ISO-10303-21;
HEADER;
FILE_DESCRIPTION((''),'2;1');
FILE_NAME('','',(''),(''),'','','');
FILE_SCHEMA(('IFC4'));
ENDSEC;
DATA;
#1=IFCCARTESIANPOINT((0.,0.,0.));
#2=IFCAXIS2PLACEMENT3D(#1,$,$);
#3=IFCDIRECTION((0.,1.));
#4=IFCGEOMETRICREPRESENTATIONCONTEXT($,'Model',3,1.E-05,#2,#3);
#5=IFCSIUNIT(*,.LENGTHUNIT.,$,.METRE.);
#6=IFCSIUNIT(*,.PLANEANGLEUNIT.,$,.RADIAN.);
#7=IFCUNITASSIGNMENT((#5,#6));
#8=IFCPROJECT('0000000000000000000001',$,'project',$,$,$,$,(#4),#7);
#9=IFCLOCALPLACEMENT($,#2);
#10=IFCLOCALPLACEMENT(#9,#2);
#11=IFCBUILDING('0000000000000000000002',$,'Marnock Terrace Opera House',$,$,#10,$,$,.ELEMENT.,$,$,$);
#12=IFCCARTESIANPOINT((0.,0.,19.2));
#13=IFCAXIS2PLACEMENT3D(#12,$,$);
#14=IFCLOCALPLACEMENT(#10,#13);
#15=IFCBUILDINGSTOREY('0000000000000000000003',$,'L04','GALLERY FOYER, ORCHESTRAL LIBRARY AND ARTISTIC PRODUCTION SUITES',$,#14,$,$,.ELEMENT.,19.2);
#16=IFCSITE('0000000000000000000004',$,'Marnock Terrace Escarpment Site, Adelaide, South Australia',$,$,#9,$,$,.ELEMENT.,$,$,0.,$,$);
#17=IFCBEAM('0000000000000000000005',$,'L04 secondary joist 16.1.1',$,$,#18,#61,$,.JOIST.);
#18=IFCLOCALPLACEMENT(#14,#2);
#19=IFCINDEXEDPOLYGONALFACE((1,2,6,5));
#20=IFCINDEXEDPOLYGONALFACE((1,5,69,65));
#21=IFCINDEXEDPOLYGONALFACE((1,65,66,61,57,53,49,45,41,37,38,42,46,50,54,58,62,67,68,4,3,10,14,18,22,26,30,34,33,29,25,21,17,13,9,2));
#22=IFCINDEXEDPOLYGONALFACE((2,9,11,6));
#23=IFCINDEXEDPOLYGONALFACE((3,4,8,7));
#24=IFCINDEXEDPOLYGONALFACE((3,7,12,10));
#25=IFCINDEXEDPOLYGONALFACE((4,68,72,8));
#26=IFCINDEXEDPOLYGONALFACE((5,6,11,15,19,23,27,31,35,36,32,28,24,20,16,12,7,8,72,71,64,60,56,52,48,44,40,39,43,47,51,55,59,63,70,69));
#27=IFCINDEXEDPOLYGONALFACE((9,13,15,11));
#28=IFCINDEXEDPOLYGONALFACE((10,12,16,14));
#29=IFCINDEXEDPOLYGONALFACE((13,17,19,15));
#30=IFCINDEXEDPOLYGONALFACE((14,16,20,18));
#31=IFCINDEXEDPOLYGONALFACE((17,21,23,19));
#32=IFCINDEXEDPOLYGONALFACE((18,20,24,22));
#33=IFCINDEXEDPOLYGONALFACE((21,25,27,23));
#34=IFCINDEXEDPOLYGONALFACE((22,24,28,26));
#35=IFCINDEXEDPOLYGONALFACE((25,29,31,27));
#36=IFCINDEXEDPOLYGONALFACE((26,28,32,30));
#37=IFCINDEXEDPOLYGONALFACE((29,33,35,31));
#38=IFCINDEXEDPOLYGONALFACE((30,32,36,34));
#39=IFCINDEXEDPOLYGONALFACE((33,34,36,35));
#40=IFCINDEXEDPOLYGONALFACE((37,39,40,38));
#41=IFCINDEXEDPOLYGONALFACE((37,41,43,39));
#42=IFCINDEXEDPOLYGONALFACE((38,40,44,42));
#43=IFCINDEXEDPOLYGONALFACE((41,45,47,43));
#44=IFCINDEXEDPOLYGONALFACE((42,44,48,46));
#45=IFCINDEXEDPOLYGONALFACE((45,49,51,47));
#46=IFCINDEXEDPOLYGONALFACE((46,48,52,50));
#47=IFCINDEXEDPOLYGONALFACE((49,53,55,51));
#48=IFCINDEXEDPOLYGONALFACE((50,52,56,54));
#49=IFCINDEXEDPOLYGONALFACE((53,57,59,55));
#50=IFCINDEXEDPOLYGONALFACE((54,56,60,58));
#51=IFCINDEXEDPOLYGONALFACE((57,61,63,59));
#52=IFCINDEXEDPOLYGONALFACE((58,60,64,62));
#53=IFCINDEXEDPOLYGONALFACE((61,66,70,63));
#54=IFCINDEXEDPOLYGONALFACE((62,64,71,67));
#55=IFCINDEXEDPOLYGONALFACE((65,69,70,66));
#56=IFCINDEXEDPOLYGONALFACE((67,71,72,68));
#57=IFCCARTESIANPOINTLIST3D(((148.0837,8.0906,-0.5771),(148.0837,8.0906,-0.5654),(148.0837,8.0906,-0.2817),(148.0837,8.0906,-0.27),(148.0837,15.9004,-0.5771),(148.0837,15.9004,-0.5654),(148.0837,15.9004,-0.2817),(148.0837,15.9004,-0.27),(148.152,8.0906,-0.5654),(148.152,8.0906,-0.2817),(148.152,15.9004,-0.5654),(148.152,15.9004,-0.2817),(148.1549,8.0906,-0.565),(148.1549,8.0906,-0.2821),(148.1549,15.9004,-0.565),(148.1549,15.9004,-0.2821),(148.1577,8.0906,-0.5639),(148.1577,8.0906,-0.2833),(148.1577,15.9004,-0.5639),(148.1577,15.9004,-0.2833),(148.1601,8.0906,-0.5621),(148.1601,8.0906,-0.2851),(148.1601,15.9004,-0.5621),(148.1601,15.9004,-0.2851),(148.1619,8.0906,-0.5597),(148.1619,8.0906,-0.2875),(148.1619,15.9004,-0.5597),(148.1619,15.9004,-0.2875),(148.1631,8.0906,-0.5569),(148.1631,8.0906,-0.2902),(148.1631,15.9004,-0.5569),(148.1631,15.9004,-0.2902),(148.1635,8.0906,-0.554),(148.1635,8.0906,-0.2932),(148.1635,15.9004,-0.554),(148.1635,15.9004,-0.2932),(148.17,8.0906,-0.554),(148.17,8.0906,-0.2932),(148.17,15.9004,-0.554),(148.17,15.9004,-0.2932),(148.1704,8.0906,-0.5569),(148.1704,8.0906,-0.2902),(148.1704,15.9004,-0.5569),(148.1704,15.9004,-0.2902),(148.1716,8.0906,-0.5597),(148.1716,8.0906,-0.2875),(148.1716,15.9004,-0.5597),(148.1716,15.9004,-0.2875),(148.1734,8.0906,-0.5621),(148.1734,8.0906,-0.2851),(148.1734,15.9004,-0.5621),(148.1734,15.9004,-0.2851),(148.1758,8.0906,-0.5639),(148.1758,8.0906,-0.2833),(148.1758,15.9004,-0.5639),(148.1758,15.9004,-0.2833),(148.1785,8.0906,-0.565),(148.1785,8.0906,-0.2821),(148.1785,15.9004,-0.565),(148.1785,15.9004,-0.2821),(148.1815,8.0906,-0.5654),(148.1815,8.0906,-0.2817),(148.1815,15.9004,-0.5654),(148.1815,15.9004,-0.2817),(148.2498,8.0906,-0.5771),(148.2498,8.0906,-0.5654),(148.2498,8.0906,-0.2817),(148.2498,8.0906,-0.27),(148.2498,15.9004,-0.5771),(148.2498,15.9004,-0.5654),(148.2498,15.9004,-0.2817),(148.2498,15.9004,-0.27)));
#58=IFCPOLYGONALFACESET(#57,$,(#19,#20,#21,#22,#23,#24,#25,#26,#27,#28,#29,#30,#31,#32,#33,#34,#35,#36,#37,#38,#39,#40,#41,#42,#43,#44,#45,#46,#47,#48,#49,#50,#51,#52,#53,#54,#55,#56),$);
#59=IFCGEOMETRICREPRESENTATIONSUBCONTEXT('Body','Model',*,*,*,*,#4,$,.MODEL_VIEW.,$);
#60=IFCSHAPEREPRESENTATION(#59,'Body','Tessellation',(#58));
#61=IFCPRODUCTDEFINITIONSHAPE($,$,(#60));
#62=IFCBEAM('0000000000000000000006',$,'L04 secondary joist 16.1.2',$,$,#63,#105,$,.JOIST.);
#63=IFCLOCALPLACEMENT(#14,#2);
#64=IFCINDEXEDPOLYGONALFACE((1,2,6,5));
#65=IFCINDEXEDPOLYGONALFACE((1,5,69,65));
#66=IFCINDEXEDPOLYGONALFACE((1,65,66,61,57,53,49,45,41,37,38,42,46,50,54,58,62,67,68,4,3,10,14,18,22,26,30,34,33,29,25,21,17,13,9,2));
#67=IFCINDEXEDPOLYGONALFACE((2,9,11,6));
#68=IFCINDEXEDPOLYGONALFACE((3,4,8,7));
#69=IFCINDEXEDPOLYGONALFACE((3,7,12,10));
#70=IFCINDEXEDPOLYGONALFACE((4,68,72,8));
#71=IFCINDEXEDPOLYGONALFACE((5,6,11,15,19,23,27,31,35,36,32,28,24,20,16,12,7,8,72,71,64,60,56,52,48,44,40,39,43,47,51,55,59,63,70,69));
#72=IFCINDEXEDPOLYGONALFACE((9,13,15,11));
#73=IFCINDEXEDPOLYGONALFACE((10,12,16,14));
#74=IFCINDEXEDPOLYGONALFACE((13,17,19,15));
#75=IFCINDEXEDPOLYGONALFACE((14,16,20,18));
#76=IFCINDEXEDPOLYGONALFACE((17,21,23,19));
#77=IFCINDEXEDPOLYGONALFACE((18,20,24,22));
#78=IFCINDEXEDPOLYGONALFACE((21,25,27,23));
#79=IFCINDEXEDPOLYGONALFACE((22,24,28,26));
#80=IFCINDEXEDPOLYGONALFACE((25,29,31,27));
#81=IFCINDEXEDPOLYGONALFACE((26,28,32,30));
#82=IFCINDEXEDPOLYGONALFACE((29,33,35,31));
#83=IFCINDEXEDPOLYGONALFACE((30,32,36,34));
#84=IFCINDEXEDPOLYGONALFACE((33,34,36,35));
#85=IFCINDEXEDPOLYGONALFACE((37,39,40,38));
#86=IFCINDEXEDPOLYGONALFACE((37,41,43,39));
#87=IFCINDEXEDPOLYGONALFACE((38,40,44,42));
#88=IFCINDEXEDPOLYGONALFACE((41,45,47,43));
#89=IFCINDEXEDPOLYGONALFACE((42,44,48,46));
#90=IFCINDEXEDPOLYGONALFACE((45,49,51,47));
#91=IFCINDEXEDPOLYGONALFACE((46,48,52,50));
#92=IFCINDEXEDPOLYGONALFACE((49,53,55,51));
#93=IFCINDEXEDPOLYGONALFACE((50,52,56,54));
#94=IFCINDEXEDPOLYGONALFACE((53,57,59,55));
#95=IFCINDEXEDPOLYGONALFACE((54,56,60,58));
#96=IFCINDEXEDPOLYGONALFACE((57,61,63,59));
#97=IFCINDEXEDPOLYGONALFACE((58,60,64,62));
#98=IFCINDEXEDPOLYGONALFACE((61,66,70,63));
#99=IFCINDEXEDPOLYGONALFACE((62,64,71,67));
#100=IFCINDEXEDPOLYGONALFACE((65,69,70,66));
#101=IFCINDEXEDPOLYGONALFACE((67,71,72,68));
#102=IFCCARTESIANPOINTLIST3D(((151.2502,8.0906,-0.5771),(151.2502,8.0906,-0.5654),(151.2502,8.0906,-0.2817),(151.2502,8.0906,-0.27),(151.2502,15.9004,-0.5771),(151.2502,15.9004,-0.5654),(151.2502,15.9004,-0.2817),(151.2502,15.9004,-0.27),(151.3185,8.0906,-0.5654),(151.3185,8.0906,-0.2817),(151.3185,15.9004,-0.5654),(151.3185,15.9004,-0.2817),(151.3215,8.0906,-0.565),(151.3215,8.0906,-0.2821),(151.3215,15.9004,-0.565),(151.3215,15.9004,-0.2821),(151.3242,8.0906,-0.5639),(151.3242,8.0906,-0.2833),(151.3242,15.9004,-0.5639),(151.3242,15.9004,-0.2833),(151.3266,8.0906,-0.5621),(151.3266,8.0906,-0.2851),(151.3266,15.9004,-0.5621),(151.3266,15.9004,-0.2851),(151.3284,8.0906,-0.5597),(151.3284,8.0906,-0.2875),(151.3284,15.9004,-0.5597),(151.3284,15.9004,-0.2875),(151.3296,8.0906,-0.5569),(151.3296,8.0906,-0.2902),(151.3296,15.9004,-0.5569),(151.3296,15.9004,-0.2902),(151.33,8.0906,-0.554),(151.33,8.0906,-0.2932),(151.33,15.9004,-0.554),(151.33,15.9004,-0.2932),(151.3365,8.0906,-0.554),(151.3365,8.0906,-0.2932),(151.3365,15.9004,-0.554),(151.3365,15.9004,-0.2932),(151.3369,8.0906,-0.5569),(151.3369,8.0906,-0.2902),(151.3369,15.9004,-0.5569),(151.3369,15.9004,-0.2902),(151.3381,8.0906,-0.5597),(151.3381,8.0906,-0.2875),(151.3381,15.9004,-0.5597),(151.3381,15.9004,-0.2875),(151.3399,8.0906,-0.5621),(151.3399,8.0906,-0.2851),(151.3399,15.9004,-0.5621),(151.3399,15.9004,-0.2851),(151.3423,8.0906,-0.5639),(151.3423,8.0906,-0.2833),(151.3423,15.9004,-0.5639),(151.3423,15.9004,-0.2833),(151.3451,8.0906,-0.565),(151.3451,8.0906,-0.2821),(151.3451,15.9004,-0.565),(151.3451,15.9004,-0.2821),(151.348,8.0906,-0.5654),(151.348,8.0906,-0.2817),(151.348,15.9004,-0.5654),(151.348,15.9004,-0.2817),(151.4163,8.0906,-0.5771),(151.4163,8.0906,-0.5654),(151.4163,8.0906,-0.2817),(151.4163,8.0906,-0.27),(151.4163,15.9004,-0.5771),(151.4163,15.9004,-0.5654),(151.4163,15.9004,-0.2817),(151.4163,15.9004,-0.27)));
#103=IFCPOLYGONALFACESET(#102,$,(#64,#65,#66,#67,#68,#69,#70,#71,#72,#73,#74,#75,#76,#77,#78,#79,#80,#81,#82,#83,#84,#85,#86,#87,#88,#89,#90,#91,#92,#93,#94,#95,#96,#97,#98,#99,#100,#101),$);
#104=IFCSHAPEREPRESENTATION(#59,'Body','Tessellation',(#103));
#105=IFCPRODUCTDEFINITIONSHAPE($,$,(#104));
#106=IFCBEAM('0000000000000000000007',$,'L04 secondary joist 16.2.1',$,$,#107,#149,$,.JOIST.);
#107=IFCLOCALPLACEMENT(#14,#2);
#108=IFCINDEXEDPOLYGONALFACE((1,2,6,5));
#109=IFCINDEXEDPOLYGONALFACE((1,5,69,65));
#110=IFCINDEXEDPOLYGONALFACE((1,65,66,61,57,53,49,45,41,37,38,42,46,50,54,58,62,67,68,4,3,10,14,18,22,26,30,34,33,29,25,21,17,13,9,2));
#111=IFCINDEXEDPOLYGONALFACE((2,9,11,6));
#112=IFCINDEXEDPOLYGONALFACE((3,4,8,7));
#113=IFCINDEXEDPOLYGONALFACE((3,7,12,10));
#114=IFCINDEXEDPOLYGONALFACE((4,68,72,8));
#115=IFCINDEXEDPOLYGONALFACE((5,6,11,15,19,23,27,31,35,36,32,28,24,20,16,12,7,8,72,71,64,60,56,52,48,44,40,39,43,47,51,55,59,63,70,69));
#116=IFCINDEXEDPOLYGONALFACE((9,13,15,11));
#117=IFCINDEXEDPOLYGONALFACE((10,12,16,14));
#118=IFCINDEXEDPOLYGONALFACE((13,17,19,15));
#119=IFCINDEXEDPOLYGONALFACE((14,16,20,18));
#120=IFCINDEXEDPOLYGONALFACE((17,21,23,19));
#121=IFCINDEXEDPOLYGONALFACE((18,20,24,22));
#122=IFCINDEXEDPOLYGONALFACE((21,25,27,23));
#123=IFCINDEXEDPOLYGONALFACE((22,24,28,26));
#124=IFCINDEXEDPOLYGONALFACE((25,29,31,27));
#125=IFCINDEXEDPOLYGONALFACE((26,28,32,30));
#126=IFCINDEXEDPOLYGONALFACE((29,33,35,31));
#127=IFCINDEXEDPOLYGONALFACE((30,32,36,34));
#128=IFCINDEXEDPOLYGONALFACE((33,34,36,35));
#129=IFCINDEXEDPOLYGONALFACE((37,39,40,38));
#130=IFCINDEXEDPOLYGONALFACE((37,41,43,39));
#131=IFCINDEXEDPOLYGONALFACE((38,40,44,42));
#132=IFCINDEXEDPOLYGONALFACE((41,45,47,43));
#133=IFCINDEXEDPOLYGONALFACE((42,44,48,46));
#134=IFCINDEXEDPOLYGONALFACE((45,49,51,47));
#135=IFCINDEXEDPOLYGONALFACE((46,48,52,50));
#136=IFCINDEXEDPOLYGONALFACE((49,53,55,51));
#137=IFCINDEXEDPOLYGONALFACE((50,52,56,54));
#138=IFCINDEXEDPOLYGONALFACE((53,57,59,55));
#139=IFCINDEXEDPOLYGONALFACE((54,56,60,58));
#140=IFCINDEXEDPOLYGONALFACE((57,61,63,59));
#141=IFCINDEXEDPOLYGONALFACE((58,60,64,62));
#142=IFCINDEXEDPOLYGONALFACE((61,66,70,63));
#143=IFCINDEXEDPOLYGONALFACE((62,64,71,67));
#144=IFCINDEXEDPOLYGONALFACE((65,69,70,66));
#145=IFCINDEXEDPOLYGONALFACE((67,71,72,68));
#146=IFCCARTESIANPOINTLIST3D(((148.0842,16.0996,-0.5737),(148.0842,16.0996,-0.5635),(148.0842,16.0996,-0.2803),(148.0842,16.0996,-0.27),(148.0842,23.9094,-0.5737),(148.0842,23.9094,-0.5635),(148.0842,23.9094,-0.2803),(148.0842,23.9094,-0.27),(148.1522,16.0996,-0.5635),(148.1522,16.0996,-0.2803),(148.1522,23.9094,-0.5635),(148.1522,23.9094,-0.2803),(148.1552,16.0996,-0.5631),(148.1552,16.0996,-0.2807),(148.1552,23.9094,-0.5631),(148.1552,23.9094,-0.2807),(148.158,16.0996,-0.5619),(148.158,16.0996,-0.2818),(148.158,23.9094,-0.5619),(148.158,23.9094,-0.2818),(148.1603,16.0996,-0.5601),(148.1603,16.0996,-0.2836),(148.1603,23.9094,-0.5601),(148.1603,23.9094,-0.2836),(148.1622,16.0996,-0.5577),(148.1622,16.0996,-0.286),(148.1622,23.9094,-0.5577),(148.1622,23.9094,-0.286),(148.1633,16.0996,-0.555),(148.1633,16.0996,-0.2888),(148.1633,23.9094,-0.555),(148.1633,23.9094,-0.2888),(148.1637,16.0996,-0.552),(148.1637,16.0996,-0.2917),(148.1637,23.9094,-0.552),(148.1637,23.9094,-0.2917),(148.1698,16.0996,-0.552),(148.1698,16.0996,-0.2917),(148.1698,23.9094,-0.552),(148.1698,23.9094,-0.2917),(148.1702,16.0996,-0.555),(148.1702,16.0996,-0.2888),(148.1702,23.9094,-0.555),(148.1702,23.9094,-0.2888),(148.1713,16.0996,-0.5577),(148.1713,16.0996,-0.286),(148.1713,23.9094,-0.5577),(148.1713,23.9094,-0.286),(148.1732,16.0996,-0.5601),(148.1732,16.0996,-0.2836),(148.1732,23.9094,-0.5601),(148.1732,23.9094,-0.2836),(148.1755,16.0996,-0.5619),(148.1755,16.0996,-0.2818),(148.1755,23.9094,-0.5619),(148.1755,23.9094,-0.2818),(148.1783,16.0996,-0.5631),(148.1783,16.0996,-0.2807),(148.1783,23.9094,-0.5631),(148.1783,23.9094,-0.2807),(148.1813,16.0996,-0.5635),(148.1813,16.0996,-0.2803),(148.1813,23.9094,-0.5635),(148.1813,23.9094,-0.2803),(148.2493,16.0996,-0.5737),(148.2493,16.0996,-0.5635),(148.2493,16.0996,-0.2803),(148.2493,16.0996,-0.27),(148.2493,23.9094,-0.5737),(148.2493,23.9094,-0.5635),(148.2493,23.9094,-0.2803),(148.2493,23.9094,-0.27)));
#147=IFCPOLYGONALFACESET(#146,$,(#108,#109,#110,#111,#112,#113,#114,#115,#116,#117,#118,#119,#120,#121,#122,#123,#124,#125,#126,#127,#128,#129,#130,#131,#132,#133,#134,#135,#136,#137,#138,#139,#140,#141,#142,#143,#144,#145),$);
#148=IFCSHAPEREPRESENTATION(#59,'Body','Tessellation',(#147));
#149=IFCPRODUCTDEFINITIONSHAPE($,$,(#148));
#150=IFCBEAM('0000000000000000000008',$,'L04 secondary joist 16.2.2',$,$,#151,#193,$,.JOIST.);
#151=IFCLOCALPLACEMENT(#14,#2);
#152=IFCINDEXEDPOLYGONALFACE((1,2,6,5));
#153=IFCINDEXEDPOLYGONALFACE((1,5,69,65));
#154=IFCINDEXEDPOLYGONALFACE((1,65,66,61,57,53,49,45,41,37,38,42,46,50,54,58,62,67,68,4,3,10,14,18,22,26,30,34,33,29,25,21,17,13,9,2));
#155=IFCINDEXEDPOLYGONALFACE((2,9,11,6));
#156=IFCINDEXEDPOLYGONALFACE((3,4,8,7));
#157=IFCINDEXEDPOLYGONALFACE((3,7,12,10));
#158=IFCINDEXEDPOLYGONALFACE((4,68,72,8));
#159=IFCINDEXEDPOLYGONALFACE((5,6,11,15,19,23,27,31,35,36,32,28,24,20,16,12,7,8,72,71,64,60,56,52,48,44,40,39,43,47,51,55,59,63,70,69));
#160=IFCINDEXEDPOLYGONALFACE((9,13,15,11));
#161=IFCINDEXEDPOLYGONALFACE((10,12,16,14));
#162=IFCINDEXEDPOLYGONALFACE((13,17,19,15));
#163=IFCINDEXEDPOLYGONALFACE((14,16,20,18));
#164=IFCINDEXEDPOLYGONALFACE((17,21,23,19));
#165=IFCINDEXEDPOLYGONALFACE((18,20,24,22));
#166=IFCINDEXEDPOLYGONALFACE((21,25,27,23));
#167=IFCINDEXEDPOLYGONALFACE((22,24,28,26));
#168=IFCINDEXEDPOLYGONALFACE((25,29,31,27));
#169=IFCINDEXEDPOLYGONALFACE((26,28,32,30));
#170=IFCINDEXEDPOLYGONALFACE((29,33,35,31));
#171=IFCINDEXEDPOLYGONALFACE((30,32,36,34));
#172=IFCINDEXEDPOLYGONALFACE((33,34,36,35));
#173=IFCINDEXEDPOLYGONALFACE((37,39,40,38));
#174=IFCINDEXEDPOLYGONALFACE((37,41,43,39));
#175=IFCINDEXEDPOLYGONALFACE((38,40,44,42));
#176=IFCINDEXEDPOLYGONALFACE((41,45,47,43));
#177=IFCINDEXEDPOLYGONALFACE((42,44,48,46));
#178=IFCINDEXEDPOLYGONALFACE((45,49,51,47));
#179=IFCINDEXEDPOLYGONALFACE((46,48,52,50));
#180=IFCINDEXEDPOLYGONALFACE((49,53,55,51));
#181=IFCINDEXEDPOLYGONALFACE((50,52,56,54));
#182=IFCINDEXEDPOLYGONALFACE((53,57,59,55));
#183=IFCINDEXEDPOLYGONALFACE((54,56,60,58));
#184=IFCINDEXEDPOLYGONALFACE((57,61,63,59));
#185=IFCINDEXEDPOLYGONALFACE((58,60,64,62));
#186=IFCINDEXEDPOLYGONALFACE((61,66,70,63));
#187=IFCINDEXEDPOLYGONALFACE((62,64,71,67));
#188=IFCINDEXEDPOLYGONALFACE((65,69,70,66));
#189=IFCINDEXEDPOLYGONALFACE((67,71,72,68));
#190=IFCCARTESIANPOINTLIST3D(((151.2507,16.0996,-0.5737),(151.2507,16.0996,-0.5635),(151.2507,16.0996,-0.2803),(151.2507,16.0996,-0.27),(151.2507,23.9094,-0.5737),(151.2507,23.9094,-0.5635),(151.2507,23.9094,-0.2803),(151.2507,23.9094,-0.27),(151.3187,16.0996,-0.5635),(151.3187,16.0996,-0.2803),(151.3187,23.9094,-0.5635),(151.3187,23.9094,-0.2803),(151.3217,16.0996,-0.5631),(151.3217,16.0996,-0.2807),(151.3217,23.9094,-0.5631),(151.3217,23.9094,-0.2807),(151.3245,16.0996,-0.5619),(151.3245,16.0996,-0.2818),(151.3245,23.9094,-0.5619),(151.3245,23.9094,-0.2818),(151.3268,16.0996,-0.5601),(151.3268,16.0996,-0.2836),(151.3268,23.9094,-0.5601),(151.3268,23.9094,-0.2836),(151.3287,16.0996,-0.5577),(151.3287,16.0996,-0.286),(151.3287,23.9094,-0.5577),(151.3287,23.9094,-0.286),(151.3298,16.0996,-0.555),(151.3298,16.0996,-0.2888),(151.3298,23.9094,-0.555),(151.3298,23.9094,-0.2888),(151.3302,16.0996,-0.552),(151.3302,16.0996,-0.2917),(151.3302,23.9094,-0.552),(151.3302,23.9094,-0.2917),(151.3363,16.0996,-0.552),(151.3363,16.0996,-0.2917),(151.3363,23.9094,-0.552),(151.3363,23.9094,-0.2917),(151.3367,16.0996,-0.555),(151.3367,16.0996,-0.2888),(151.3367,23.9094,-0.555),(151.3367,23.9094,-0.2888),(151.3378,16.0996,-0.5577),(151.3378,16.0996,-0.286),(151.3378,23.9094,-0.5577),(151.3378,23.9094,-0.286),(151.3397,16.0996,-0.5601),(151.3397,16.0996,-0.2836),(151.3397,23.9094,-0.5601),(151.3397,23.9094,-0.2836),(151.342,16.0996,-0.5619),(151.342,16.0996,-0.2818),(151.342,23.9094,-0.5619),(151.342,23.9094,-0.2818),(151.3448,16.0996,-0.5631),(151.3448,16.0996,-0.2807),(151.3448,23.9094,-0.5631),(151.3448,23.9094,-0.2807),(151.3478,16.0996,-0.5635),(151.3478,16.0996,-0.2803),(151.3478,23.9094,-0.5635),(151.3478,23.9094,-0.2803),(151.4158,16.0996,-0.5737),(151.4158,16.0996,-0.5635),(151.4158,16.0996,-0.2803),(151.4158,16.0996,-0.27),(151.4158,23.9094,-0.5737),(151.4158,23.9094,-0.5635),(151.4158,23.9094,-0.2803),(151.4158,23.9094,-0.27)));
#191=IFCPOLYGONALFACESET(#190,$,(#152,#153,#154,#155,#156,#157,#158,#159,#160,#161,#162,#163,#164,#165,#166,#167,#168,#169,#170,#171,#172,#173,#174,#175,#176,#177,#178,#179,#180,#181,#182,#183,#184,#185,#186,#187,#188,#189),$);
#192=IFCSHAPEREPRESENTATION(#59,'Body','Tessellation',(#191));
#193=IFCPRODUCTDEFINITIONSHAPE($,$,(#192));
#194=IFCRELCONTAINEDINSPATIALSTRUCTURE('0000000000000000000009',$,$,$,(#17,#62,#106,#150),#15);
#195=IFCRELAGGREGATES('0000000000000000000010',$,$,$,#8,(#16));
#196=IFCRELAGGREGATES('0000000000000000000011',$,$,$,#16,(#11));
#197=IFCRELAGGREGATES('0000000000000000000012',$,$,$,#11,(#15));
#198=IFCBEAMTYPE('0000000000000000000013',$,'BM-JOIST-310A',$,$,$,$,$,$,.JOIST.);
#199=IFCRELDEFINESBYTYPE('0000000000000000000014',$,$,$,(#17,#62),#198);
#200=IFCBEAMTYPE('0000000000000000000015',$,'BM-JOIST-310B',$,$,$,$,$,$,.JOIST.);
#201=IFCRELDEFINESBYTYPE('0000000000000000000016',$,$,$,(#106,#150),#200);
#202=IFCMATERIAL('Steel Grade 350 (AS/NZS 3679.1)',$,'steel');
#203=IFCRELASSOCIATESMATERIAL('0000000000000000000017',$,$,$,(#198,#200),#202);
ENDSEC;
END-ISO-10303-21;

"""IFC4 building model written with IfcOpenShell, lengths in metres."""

from ifc_helpers import new_model, si_unit, direction, frame, origin, origin_2d, place, context, subcontext, project, spatial, i_section, extrude, material, material_profile, profile_set, type_object, element, save


model = new_model("IFC4")

# Units and contexts
model_context = context("Model", 3, precision=1e-05, world=origin(), true_north=direction((0.0, 1.0)))
body_context = subcontext(model_context, "Body", "Model", "MODEL_VIEW")
ifc_project = project(units=[si_unit("LENGTHUNIT", "METRE"), si_unit("PLANEANGLEUNIT", "RADIAN")], contexts=[model_context])

# Site, building, storey
site_placement = place(None, origin())
site = spatial("IfcSite", under=ifc_project, at=site_placement, Name="Marnock Terrace Escarpment Site, Adelaide, South Australia", CompositionType="ELEMENT", RefElevation=0.0)
building_placement = place(site_placement, origin())
building = spatial("IfcBuilding", under=site, at=building_placement, Name="Marnock Terrace Opera House", CompositionType="ELEMENT")
storey_placement = place(building_placement, frame((0.0, 0.0, 19.2)))
storey = spatial("IfcBuildingStorey", under=building, at=storey_placement, Name="L04", Description="GALLERY FOYER, ORCHESTRAL LIBRARY AND ARTISTIC PRODUCTION SUITES", CompositionType="ELEMENT", Elevation=19.2)

# Beams
ifc_material_1 = material(Name="Steel Grade 350 (AS/NZS 3679.1)", Category="steel")
ifc_material_profile_1 = material_profile(ifc_material_1, i_section(OverallWidth=0.166, OverallDepth=0.3071, WebThickness=0.0066, FlangeThickness=0.0117, FilletRadius=0.0115, at=origin_2d()))
ifc_profile_set_1 = profile_set([ifc_material_profile_1], Name="Steel Grade 350 (AS/NZS 3679.1)")
beam_type_1 = type_object("IfcBeamType", Name="BM-JOIST-310A", PredefinedType="JOIST", material=ifc_profile_set_1)
for number, where, z_axis, x_axis, name in (
    (1, (148.1667, 8.0906, -0.4236), (0.0, 1.0, 0.0), (-1.0, 0.0, 0.0), "L04 secondary joist 16.1.1"),
    (2, (151.3333, 8.0906, -0.4236), (0.0, 1.0, 0.0), (-1.0, 0.0, 0.0), "L04 secondary joist 16.1.2"),
):
    element("IfcBeam", number, at=place(storey_placement, frame(where, z_axis=z_axis, x_axis=x_axis)), inside=storey, type_object=beam_type_1, Name=name, PredefinedType="JOIST", context=body_context, shape_type="SweptSolid", body=[
        extrude(i_section(OverallWidth=0.166, OverallDepth=0.3071, WebThickness=0.0066, FlangeThickness=0.0117, FilletRadius=0.0115, at=origin_2d()), origin(), (0.0, 0.0, 1.0), 7.8098),
    ])
ifc_material_profile_2 = material_profile(ifc_material_1, i_section(OverallWidth=0.165, OverallDepth=0.3037, WebThickness=0.0061, FlangeThickness=0.0103, FilletRadius=0.0115, at=origin_2d()))
ifc_profile_set_2 = profile_set([ifc_material_profile_2], Name="Steel Grade 350 (AS/NZS 3679.1)")
beam_type_2 = type_object("IfcBeamType", Name="BM-JOIST-310B", PredefinedType="JOIST", material=ifc_profile_set_2)
for number, where, z_axis, x_axis, name in (
    (3, (148.1667, 16.0996, -0.4219), (0.0, 1.0, 0.0), (-1.0, 0.0, 0.0), "L04 secondary joist 16.2.1"),
    (4, (151.3333, 16.0996, -0.4219), (0.0, 1.0, 0.0), (-1.0, 0.0, 0.0), "L04 secondary joist 16.2.2"),
):
    element("IfcBeam", number, at=place(storey_placement, frame(where, z_axis=z_axis, x_axis=x_axis)), inside=storey, type_object=beam_type_2, Name=name, PredefinedType="JOIST", context=body_context, shape_type="SweptSolid", body=[
        extrude(i_section(OverallWidth=0.165, OverallDepth=0.3037, WebThickness=0.0061, FlangeThickness=0.0103, FilletRadius=0.0115, at=origin_2d()), origin(), (0.0, 0.0, 1.0), 7.8098),
    ])

save(model, "model.ifc")
